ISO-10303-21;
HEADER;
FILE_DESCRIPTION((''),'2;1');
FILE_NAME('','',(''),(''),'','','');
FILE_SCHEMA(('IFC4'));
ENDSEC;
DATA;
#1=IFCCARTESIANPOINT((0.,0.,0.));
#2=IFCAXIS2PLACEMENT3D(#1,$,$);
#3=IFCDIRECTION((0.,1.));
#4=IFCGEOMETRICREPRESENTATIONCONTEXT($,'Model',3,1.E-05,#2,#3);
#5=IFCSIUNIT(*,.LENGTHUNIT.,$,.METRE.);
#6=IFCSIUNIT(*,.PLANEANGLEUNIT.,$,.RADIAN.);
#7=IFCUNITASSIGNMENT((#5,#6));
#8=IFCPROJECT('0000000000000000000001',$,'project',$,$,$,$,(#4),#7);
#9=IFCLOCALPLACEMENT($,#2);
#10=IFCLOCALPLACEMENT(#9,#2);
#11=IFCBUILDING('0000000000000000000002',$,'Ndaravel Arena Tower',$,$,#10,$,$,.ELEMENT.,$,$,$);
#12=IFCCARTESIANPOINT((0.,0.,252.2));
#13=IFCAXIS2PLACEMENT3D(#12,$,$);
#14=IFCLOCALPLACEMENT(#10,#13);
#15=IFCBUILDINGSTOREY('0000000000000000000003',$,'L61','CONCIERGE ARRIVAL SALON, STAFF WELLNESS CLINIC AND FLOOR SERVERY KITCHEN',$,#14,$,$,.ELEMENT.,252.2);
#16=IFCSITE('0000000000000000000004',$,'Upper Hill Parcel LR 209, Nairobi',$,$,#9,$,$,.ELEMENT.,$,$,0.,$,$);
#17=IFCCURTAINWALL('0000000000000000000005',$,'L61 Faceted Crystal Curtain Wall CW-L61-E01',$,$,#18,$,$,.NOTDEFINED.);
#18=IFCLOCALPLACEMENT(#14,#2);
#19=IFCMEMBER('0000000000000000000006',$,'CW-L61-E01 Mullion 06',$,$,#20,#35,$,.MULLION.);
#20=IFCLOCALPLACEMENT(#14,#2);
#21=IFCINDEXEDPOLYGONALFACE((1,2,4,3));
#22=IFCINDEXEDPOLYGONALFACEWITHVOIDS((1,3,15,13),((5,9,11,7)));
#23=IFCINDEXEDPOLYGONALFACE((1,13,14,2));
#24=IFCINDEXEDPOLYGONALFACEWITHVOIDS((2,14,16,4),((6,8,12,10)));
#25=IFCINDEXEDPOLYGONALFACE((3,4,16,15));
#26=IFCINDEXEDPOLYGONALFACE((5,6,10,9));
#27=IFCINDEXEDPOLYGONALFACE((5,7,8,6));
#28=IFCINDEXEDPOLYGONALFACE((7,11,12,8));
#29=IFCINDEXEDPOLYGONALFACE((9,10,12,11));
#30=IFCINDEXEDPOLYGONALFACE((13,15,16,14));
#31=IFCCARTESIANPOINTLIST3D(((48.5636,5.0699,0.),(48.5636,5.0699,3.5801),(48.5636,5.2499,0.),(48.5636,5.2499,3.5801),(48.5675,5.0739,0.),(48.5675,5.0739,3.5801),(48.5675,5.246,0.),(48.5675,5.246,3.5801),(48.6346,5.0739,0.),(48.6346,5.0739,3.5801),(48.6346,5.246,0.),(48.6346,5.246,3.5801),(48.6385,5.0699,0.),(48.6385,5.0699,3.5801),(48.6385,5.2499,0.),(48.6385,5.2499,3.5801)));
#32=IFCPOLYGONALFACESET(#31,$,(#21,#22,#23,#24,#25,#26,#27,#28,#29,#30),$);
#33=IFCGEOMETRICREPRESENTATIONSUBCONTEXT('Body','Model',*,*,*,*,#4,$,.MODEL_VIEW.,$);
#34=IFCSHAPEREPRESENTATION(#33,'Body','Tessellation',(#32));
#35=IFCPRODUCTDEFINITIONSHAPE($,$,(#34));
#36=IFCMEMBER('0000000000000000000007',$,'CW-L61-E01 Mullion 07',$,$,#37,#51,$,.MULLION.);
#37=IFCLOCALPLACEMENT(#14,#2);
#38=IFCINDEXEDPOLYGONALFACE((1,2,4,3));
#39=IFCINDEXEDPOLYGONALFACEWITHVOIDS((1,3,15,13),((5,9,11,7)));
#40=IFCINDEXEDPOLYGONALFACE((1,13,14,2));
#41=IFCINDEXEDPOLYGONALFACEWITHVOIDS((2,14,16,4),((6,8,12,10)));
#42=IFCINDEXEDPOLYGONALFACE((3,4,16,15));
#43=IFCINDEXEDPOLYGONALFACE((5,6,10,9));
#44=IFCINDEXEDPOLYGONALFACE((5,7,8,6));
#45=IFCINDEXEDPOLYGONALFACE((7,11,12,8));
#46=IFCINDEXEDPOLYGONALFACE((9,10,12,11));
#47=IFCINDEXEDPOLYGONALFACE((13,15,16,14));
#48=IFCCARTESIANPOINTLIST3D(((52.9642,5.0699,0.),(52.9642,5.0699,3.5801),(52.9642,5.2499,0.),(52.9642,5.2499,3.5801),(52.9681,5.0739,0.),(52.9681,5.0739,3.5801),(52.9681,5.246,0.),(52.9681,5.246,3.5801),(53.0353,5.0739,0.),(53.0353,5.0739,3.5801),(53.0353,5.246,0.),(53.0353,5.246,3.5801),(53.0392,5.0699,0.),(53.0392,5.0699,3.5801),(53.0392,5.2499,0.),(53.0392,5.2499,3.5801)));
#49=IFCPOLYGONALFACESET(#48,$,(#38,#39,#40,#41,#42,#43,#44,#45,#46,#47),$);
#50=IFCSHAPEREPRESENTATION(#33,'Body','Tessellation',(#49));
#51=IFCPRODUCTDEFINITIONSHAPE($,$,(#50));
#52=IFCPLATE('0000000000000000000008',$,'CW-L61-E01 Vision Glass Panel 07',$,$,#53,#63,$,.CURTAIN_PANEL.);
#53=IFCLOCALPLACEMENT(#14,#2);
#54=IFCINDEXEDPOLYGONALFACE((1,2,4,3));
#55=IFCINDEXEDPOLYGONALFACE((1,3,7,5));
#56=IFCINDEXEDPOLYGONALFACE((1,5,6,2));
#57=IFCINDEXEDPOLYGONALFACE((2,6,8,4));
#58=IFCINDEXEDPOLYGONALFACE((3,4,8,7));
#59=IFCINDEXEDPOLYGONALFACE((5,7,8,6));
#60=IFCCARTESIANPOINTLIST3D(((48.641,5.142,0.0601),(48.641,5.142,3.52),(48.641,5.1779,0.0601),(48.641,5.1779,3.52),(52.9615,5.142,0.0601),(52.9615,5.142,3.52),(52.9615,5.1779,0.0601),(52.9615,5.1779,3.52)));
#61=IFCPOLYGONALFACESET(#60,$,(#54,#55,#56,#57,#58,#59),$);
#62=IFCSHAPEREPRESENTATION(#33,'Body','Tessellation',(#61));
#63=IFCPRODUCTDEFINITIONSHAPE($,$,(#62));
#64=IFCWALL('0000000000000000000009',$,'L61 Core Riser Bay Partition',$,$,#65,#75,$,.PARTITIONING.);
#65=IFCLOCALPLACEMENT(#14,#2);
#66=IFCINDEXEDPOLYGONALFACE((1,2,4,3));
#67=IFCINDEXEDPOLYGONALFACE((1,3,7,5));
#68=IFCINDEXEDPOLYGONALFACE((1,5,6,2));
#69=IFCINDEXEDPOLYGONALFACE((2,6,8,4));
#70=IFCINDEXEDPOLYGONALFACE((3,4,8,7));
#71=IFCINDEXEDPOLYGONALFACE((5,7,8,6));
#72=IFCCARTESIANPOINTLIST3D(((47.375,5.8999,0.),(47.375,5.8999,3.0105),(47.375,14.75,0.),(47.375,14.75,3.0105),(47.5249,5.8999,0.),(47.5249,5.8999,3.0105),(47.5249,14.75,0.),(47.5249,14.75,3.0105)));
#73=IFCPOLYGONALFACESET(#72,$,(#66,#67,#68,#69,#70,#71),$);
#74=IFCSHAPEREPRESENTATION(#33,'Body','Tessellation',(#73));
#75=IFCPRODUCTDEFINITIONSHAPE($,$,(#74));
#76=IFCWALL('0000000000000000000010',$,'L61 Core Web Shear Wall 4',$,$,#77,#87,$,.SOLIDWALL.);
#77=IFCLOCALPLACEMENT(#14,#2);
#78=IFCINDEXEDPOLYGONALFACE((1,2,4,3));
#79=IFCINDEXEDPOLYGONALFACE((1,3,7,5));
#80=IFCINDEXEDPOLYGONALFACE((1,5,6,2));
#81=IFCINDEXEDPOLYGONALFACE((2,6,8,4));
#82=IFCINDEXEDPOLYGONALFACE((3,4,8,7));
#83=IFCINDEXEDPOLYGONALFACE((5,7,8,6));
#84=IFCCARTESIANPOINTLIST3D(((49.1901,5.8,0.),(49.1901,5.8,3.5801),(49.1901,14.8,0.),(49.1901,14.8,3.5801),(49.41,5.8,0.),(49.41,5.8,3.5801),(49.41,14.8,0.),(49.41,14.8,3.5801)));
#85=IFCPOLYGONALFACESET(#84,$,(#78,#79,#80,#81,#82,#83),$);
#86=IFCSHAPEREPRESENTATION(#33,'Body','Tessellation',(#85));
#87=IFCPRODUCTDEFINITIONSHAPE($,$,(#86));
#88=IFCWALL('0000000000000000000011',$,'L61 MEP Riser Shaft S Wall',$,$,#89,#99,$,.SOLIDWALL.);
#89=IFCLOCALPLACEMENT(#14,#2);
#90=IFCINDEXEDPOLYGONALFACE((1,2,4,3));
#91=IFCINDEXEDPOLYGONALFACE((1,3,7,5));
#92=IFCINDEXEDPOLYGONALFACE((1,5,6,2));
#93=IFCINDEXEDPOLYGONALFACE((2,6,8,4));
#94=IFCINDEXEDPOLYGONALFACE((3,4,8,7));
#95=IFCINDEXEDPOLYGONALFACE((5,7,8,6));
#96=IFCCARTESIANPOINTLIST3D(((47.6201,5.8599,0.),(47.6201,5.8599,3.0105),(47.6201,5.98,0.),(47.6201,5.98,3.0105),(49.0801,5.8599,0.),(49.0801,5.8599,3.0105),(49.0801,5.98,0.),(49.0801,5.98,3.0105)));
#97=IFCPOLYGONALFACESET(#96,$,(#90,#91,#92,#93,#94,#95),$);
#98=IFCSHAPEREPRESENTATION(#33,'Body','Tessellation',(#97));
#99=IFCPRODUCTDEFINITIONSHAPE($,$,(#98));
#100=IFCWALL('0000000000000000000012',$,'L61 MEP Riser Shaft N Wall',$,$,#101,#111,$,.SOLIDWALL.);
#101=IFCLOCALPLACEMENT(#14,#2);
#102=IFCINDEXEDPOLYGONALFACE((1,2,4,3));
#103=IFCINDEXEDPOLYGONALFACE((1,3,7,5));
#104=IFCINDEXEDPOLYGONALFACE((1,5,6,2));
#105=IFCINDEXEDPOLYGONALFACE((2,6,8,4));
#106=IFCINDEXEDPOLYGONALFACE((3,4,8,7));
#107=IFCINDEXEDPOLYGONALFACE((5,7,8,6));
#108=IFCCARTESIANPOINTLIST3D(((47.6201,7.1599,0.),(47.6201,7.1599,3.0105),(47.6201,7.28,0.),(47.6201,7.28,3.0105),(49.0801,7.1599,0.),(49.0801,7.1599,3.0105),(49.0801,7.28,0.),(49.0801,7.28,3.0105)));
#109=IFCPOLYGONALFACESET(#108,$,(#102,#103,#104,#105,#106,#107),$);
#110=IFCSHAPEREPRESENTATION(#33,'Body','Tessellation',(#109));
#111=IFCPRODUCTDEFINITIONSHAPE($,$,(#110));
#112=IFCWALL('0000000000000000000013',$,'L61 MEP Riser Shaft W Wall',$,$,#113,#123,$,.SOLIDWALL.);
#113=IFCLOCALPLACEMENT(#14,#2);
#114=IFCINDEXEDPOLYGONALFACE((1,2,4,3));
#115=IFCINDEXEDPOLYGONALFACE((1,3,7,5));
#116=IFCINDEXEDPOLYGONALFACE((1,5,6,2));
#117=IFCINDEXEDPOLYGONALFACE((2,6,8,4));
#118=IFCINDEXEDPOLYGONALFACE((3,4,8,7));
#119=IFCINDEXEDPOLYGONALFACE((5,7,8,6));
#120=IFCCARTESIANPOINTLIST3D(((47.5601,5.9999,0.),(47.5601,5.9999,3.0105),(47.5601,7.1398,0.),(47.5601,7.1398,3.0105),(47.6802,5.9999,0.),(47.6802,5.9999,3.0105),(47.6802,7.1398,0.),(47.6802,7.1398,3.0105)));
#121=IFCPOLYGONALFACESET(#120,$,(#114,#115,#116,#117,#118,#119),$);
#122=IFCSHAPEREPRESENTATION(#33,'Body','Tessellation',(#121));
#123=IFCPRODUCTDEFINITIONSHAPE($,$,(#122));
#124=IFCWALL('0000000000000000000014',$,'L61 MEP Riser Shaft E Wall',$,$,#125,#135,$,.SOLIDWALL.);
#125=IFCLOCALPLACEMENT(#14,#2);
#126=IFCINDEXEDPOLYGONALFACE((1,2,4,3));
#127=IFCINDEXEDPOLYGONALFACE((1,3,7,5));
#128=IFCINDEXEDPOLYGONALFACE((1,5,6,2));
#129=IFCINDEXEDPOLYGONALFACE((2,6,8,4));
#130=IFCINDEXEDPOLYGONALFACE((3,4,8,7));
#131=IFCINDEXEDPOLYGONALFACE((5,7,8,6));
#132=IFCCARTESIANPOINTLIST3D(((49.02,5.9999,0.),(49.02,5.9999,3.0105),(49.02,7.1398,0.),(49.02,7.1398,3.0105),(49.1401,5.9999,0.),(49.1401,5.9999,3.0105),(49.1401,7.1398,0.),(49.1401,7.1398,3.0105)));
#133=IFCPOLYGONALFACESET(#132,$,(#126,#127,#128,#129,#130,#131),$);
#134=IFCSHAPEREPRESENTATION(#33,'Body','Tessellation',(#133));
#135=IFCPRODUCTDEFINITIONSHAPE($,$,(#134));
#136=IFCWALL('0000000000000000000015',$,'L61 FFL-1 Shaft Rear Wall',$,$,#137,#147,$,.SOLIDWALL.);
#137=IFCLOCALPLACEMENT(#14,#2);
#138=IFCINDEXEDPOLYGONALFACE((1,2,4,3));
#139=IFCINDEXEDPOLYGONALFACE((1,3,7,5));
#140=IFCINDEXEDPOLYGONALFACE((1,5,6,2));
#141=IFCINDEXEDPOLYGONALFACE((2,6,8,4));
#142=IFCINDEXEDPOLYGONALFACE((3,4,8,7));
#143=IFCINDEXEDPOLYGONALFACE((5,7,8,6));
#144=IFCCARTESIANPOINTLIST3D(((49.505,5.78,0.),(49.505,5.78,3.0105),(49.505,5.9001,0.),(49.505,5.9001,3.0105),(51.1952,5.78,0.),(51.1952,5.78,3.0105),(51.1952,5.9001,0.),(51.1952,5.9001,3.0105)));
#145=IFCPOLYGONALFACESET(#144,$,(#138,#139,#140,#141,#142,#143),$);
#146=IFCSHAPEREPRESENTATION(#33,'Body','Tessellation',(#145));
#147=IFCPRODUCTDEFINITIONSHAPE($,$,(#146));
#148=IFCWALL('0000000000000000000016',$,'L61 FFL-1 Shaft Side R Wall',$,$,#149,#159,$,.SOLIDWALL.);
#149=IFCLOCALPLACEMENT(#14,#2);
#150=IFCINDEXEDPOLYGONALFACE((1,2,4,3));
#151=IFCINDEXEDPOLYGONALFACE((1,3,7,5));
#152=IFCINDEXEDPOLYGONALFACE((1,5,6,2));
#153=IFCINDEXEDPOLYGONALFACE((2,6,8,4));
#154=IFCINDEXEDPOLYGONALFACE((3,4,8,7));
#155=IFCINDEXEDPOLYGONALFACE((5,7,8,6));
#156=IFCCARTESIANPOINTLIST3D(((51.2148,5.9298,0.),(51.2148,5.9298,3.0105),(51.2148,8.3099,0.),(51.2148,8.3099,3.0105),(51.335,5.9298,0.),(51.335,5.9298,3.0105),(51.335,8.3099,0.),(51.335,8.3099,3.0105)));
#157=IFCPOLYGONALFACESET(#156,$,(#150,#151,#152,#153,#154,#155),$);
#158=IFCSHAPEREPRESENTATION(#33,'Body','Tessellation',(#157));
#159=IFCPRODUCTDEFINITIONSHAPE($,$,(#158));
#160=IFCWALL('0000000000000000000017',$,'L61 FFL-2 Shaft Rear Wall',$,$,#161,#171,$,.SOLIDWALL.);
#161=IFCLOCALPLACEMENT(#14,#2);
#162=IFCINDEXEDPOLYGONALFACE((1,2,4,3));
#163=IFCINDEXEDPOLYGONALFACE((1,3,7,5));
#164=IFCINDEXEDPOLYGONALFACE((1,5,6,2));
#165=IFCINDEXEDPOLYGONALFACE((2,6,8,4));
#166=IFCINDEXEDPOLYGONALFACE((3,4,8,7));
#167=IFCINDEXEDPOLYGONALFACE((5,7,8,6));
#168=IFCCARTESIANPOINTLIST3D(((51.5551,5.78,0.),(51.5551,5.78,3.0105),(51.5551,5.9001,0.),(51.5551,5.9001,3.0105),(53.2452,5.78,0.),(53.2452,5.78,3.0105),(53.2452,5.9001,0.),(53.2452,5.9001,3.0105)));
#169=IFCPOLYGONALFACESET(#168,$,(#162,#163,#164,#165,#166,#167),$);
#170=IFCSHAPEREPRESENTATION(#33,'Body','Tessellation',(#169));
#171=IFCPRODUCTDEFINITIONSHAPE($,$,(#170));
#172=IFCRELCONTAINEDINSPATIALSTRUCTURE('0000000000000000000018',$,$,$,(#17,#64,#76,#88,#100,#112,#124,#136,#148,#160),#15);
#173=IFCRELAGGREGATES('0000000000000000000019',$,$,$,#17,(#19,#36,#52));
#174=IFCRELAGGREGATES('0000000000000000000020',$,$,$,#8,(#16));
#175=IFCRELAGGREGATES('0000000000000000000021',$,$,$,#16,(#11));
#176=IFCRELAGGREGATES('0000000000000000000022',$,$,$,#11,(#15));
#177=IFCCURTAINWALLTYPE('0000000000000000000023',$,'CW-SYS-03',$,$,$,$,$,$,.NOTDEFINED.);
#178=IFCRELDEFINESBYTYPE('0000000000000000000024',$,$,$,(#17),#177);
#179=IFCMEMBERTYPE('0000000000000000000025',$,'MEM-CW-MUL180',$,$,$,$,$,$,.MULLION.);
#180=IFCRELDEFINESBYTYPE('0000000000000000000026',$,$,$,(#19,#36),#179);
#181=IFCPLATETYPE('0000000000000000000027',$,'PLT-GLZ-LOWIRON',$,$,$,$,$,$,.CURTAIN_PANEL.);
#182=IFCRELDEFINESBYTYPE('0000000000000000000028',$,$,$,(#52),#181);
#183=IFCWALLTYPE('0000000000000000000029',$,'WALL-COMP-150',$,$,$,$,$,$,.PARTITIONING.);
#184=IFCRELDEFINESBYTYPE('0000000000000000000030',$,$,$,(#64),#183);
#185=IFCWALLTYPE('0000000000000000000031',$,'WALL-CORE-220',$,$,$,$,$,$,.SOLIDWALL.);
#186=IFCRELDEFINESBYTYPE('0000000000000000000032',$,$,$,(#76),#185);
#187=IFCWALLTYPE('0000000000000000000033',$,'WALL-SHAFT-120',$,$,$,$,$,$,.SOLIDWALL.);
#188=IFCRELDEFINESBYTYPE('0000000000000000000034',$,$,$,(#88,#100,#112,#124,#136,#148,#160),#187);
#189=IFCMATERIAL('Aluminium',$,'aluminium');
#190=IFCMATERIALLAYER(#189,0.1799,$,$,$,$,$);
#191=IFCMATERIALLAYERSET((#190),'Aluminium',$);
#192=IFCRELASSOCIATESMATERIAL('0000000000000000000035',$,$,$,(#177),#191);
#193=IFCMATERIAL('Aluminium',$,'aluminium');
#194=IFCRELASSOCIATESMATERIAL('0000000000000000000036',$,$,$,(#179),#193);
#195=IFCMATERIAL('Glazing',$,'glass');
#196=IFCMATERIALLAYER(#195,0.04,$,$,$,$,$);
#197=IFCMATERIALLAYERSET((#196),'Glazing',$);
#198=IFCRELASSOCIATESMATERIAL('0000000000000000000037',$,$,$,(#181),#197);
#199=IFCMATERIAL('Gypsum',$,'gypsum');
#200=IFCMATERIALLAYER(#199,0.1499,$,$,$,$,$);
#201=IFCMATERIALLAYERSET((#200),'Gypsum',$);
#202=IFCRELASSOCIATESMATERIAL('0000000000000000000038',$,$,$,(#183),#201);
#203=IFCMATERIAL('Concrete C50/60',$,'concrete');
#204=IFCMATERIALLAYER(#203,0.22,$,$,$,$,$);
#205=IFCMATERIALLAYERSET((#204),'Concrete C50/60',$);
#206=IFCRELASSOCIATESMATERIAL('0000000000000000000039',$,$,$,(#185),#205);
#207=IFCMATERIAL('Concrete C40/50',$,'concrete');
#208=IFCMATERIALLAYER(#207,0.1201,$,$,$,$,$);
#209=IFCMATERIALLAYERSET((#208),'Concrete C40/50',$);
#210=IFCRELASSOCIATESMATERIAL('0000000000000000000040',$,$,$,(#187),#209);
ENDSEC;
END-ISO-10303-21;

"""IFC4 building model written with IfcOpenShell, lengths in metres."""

from ifc_helpers import new_model, si_unit, direction, frame, frame_2d, origin, origin_2d, place, context, subcontext, project, spatial, rectangle, hollow_rectangle, extrude, material, layer, layer_set, material_profile, profile_set, type_object, element, aggregate, save


model = new_model("IFC4")

# Units and contexts
model_context = context("Model", 3, precision=1e-05, world=origin(), true_north=direction((0.0, 1.0)))
body_context = subcontext(model_context, "Body", "Model", "MODEL_VIEW")
ifc_project = project(units=[si_unit("LENGTHUNIT", "METRE"), si_unit("PLANEANGLEUNIT", "RADIAN")], contexts=[model_context])

# Site, building, storey
site_placement = place(None, origin())
site = spatial("IfcSite", under=ifc_project, at=site_placement, Name="Upper Hill Parcel LR 209, Nairobi", CompositionType="ELEMENT", RefElevation=0.0)
building_placement = place(site_placement, origin())
building = spatial("IfcBuilding", under=site, at=building_placement, Name="Ndaravel Arena Tower", CompositionType="ELEMENT")
storey_placement = place(building_placement, frame((0.0, 0.0, 252.2)))
storey = spatial("IfcBuildingStorey", under=building, at=storey_placement, Name="L61", Description="CONCIERGE ARRIVAL SALON, STAFF WELLNESS CLINIC AND FLOOR SERVERY KITCHEN", CompositionType="ELEMENT", Elevation=252.2)

# Curtain wall, members, plate
ifc_material_1 = material(Name="Aluminium", Category="aluminium")
ifc_layer_1 = layer(ifc_material_1, 0.1799)
ifc_layer_set_1 = layer_set([ifc_layer_1], Name="Aluminium")
curtain_wall_type = type_object("IfcCurtainWallType", Name="CW-SYS-03", PredefinedType="NOTDEFINED", material=ifc_layer_set_1)
curtain_wall_placement = place(storey_placement, origin())
curtain_wall = element("IfcCurtainWall", 1, at=curtain_wall_placement, inside=storey, type_object=curtain_wall_type, Name="L61 Faceted Crystal Curtain Wall CW-L61-E01", PredefinedType="NOTDEFINED")
ifc_material_2 = material(Name="Aluminium", Category="aluminium")
ifc_material_profile = material_profile(ifc_material_2, hollow_rectangle(XDim=0.075, YDim=0.1799, WallThickness=0.0039, at=origin_2d()), Name="CW MULLION 75x180x4")
ifc_profile_set = profile_set([ifc_material_profile], Name="Aluminium")
member_type = type_object("IfcMemberType", Name="MEM-CW-MUL180", PredefinedType="MULLION", material=ifc_profile_set)
member_1_placement = place(storey_placement, frame((48.6011, 5.1599, 0.0), z_axis=(0.0, 0.0, 1.0), x_axis=(1.0, 0.0, 0.0)))
member_1 = element("IfcMember", 2, at=member_1_placement, type_object=member_type, Name="CW-L61-E01 Mullion 06", PredefinedType="MULLION", context=body_context, shape_type="SweptSolid", body=[
    extrude(hollow_rectangle(XDim=0.075, YDim=0.1799, WallThickness=0.0039, at=origin_2d()), origin(), (0.0, 0.0, 1.0), 3.5801),
])
member_2_placement = place(storey_placement, frame((53.0017, 5.1599, 0.0), z_axis=(0.0, 0.0, 1.0), x_axis=(1.0, 0.0, 0.0)))
member_2 = element("IfcMember", 3, at=member_2_placement, type_object=member_type, Name="CW-L61-E01 Mullion 07", PredefinedType="MULLION", context=body_context, shape_type="SweptSolid", body=[
    extrude(hollow_rectangle(XDim=0.075, YDim=0.1799, WallThickness=0.0039, at=origin_2d()), origin(), (0.0, 0.0, 1.0), 3.5801),
])
ifc_material_3 = material(Name="Glazing", Category="glass")
ifc_layer_2 = layer(ifc_material_3, 0.04)
ifc_layer_set_2 = layer_set([ifc_layer_2], Name="Glazing")
plate_type = type_object("IfcPlateType", Name="PLT-GLZ-LOWIRON", PredefinedType="CURTAIN_PANEL", material=ifc_layer_set_2)
plate_placement = place(storey_placement, frame((50.8013, 5.1599, 0.0601), z_axis=(0.0, 0.0, 1.0), x_axis=(1.0, 0.0, 0.0)))
plate = element("IfcPlate", 4, at=plate_placement, type_object=plate_type, Name="CW-L61-E01 Vision Glass Panel 07", PredefinedType="CURTAIN_PANEL", context=body_context, shape_type="SweptSolid", body=[
    extrude(rectangle(XDim=4.3206, YDim=0.0359, at=origin_2d()), origin(), (0.0, 0.0, 1.0), 3.46),
])
aggregate(curtain_wall, [member_1, member_2, plate])

# Walls
ifc_material_4 = material(Name="Gypsum", Category="gypsum")
ifc_layer_3 = layer(ifc_material_4, 0.1499)
ifc_layer_set_3 = layer_set([ifc_layer_3], Name="Gypsum")
wall_type_1 = type_object("IfcWallType", Name="WALL-COMP-150", PredefinedType="PARTITIONING", material=ifc_layer_set_3)
wall_1_placement = place(storey_placement, frame((47.45, 5.8999, 0.0), z_axis=(0.0, 0.0, 1.0), x_axis=(0.0, 1.0, 0.0)))
element("IfcWall", 5, at=wall_1_placement, inside=storey, type_object=wall_type_1, Name="L61 Core Riser Bay Partition", PredefinedType="PARTITIONING", context=body_context, shape_type="SweptSolid", body=[
    extrude(rectangle(XDim=8.8501, YDim=0.1499, at=frame_2d((4.425, 0.0))), origin(), (0.0, 0.0, 1.0), 3.0105),
])
ifc_material_5 = material(Name="Concrete C50/60", Category="concrete")
ifc_layer_4 = layer(ifc_material_5, 0.22)
ifc_layer_set_4 = layer_set([ifc_layer_4], Name="Concrete C50/60")
wall_type_2 = type_object("IfcWallType", Name="WALL-CORE-220", PredefinedType="SOLIDWALL", material=ifc_layer_set_4)
wall_2_placement = place(storey_placement, frame((49.3, 5.8, 0.0), z_axis=(0.0, 0.0, 1.0), x_axis=(0.0, 1.0, 0.0)))
element("IfcWall", 6, at=wall_2_placement, inside=storey, type_object=wall_type_2, Name="L61 Core Web Shear Wall 4", PredefinedType="SOLIDWALL", context=body_context, shape_type="SweptSolid", body=[
    extrude(rectangle(XDim=9.0, YDim=0.22, at=frame_2d((4.5, 0.0))), origin(), (0.0, 0.0, 1.0), 3.5801),
])

# Walls
ifc_material_6 = material(Name="Concrete C40/50", Category="concrete")
ifc_layer_5 = layer(ifc_material_6, 0.1201)
ifc_layer_set_5 = layer_set([ifc_layer_5], Name="Concrete C40/50")
wall_type_3 = type_object("IfcWallType", Name="WALL-SHAFT-120", PredefinedType="SOLIDWALL", material=ifc_layer_set_5)
for number, where, z_axis, x_axis, name in (
    (7, (47.6201, 5.9199, 0.0), (0.0, 0.0, 1.0), (1.0, 0.0, 0.0), "L61 MEP Riser Shaft S Wall"),
    (8, (47.6201, 7.22, 0.0), (0.0, 0.0, 1.0), (1.0, 0.0, 0.0), "L61 MEP Riser Shaft N Wall"),
):
    element("IfcWall", number, at=place(storey_placement, frame(where, z_axis=z_axis, x_axis=x_axis)), inside=storey, type_object=wall_type_3, Name=name, PredefinedType="SOLIDWALL", context=body_context, shape_type="SweptSolid", body=[
        extrude(rectangle(XDim=1.46, YDim=0.1201, at=frame_2d((0.73, 0.0))), origin(), (0.0, 0.0, 1.0), 3.0105),
    ])
for number, where, z_axis, x_axis, name in (
    (9, (47.6201, 6.0, 0.0), (0.0, 0.0, 1.0), (0.0, 1.0, 0.0), "L61 MEP Riser Shaft W Wall"),
    (10, (49.0801, 6.0, 0.0), (0.0, 0.0, 1.0), (0.0, 1.0, 0.0), "L61 MEP Riser Shaft E Wall"),
):
    element("IfcWall", number, at=place(storey_placement, frame(where, z_axis=z_axis, x_axis=x_axis)), inside=storey, type_object=wall_type_3, Name=name, PredefinedType="SOLIDWALL", context=body_context, shape_type="SweptSolid", body=[
        extrude(rectangle(XDim=1.1399, YDim=0.1201, at=frame_2d((0.5698, 0.0))), origin(), (0.0, 0.0, 1.0), 3.0105),
    ])
wall_3_placement = place(storey_placement, frame((49.5049, 5.8401, 0.0), z_axis=(0.0, 0.0, 1.0), x_axis=(1.0, 0.0, 0.0)))
element("IfcWall", 11, at=wall_3_placement, inside=storey, type_object=wall_type_3, Name="L61 FFL-1 Shaft Rear Wall", PredefinedType="SOLIDWALL", context=body_context, shape_type="SweptSolid", body=[
    extrude(rectangle(XDim=1.6902, YDim=0.1201, at=frame_2d((0.8452, 0.0))), origin(), (0.0, 0.0, 1.0), 3.0105),
])
wall_4_placement = place(storey_placement, frame((51.2749, 5.9299, 0.0), z_axis=(0.0, 0.0, 1.0), x_axis=(0.0, 1.0, 0.0)))
element("IfcWall", 12, at=wall_4_placement, inside=storey, type_object=wall_type_3, Name="L61 FFL-1 Shaft Side R Wall", PredefinedType="SOLIDWALL", context=body_context, shape_type="SweptSolid", body=[
    extrude(rectangle(XDim=2.3801, YDim=0.1201, at=frame_2d((1.1899, 0.0))), origin(), (0.0, 0.0, 1.0), 3.0105),
])
wall_5_placement = place(storey_placement, frame((51.5549, 5.8401, 0.0), z_axis=(0.0, 0.0, 1.0), x_axis=(1.0, 0.0, 0.0)))
element("IfcWall", 13, at=wall_5_placement, inside=storey, type_object=wall_type_3, Name="L61 FFL-2 Shaft Rear Wall", PredefinedType="SOLIDWALL", context=body_context, shape_type="SweptSolid", body=[
    extrude(rectangle(XDim=1.6902, YDim=0.1201, at=frame_2d((0.8452, 0.0))), origin(), (0.0, 0.0, 1.0), 3.0105),
])

save(model, "model.ifc")
